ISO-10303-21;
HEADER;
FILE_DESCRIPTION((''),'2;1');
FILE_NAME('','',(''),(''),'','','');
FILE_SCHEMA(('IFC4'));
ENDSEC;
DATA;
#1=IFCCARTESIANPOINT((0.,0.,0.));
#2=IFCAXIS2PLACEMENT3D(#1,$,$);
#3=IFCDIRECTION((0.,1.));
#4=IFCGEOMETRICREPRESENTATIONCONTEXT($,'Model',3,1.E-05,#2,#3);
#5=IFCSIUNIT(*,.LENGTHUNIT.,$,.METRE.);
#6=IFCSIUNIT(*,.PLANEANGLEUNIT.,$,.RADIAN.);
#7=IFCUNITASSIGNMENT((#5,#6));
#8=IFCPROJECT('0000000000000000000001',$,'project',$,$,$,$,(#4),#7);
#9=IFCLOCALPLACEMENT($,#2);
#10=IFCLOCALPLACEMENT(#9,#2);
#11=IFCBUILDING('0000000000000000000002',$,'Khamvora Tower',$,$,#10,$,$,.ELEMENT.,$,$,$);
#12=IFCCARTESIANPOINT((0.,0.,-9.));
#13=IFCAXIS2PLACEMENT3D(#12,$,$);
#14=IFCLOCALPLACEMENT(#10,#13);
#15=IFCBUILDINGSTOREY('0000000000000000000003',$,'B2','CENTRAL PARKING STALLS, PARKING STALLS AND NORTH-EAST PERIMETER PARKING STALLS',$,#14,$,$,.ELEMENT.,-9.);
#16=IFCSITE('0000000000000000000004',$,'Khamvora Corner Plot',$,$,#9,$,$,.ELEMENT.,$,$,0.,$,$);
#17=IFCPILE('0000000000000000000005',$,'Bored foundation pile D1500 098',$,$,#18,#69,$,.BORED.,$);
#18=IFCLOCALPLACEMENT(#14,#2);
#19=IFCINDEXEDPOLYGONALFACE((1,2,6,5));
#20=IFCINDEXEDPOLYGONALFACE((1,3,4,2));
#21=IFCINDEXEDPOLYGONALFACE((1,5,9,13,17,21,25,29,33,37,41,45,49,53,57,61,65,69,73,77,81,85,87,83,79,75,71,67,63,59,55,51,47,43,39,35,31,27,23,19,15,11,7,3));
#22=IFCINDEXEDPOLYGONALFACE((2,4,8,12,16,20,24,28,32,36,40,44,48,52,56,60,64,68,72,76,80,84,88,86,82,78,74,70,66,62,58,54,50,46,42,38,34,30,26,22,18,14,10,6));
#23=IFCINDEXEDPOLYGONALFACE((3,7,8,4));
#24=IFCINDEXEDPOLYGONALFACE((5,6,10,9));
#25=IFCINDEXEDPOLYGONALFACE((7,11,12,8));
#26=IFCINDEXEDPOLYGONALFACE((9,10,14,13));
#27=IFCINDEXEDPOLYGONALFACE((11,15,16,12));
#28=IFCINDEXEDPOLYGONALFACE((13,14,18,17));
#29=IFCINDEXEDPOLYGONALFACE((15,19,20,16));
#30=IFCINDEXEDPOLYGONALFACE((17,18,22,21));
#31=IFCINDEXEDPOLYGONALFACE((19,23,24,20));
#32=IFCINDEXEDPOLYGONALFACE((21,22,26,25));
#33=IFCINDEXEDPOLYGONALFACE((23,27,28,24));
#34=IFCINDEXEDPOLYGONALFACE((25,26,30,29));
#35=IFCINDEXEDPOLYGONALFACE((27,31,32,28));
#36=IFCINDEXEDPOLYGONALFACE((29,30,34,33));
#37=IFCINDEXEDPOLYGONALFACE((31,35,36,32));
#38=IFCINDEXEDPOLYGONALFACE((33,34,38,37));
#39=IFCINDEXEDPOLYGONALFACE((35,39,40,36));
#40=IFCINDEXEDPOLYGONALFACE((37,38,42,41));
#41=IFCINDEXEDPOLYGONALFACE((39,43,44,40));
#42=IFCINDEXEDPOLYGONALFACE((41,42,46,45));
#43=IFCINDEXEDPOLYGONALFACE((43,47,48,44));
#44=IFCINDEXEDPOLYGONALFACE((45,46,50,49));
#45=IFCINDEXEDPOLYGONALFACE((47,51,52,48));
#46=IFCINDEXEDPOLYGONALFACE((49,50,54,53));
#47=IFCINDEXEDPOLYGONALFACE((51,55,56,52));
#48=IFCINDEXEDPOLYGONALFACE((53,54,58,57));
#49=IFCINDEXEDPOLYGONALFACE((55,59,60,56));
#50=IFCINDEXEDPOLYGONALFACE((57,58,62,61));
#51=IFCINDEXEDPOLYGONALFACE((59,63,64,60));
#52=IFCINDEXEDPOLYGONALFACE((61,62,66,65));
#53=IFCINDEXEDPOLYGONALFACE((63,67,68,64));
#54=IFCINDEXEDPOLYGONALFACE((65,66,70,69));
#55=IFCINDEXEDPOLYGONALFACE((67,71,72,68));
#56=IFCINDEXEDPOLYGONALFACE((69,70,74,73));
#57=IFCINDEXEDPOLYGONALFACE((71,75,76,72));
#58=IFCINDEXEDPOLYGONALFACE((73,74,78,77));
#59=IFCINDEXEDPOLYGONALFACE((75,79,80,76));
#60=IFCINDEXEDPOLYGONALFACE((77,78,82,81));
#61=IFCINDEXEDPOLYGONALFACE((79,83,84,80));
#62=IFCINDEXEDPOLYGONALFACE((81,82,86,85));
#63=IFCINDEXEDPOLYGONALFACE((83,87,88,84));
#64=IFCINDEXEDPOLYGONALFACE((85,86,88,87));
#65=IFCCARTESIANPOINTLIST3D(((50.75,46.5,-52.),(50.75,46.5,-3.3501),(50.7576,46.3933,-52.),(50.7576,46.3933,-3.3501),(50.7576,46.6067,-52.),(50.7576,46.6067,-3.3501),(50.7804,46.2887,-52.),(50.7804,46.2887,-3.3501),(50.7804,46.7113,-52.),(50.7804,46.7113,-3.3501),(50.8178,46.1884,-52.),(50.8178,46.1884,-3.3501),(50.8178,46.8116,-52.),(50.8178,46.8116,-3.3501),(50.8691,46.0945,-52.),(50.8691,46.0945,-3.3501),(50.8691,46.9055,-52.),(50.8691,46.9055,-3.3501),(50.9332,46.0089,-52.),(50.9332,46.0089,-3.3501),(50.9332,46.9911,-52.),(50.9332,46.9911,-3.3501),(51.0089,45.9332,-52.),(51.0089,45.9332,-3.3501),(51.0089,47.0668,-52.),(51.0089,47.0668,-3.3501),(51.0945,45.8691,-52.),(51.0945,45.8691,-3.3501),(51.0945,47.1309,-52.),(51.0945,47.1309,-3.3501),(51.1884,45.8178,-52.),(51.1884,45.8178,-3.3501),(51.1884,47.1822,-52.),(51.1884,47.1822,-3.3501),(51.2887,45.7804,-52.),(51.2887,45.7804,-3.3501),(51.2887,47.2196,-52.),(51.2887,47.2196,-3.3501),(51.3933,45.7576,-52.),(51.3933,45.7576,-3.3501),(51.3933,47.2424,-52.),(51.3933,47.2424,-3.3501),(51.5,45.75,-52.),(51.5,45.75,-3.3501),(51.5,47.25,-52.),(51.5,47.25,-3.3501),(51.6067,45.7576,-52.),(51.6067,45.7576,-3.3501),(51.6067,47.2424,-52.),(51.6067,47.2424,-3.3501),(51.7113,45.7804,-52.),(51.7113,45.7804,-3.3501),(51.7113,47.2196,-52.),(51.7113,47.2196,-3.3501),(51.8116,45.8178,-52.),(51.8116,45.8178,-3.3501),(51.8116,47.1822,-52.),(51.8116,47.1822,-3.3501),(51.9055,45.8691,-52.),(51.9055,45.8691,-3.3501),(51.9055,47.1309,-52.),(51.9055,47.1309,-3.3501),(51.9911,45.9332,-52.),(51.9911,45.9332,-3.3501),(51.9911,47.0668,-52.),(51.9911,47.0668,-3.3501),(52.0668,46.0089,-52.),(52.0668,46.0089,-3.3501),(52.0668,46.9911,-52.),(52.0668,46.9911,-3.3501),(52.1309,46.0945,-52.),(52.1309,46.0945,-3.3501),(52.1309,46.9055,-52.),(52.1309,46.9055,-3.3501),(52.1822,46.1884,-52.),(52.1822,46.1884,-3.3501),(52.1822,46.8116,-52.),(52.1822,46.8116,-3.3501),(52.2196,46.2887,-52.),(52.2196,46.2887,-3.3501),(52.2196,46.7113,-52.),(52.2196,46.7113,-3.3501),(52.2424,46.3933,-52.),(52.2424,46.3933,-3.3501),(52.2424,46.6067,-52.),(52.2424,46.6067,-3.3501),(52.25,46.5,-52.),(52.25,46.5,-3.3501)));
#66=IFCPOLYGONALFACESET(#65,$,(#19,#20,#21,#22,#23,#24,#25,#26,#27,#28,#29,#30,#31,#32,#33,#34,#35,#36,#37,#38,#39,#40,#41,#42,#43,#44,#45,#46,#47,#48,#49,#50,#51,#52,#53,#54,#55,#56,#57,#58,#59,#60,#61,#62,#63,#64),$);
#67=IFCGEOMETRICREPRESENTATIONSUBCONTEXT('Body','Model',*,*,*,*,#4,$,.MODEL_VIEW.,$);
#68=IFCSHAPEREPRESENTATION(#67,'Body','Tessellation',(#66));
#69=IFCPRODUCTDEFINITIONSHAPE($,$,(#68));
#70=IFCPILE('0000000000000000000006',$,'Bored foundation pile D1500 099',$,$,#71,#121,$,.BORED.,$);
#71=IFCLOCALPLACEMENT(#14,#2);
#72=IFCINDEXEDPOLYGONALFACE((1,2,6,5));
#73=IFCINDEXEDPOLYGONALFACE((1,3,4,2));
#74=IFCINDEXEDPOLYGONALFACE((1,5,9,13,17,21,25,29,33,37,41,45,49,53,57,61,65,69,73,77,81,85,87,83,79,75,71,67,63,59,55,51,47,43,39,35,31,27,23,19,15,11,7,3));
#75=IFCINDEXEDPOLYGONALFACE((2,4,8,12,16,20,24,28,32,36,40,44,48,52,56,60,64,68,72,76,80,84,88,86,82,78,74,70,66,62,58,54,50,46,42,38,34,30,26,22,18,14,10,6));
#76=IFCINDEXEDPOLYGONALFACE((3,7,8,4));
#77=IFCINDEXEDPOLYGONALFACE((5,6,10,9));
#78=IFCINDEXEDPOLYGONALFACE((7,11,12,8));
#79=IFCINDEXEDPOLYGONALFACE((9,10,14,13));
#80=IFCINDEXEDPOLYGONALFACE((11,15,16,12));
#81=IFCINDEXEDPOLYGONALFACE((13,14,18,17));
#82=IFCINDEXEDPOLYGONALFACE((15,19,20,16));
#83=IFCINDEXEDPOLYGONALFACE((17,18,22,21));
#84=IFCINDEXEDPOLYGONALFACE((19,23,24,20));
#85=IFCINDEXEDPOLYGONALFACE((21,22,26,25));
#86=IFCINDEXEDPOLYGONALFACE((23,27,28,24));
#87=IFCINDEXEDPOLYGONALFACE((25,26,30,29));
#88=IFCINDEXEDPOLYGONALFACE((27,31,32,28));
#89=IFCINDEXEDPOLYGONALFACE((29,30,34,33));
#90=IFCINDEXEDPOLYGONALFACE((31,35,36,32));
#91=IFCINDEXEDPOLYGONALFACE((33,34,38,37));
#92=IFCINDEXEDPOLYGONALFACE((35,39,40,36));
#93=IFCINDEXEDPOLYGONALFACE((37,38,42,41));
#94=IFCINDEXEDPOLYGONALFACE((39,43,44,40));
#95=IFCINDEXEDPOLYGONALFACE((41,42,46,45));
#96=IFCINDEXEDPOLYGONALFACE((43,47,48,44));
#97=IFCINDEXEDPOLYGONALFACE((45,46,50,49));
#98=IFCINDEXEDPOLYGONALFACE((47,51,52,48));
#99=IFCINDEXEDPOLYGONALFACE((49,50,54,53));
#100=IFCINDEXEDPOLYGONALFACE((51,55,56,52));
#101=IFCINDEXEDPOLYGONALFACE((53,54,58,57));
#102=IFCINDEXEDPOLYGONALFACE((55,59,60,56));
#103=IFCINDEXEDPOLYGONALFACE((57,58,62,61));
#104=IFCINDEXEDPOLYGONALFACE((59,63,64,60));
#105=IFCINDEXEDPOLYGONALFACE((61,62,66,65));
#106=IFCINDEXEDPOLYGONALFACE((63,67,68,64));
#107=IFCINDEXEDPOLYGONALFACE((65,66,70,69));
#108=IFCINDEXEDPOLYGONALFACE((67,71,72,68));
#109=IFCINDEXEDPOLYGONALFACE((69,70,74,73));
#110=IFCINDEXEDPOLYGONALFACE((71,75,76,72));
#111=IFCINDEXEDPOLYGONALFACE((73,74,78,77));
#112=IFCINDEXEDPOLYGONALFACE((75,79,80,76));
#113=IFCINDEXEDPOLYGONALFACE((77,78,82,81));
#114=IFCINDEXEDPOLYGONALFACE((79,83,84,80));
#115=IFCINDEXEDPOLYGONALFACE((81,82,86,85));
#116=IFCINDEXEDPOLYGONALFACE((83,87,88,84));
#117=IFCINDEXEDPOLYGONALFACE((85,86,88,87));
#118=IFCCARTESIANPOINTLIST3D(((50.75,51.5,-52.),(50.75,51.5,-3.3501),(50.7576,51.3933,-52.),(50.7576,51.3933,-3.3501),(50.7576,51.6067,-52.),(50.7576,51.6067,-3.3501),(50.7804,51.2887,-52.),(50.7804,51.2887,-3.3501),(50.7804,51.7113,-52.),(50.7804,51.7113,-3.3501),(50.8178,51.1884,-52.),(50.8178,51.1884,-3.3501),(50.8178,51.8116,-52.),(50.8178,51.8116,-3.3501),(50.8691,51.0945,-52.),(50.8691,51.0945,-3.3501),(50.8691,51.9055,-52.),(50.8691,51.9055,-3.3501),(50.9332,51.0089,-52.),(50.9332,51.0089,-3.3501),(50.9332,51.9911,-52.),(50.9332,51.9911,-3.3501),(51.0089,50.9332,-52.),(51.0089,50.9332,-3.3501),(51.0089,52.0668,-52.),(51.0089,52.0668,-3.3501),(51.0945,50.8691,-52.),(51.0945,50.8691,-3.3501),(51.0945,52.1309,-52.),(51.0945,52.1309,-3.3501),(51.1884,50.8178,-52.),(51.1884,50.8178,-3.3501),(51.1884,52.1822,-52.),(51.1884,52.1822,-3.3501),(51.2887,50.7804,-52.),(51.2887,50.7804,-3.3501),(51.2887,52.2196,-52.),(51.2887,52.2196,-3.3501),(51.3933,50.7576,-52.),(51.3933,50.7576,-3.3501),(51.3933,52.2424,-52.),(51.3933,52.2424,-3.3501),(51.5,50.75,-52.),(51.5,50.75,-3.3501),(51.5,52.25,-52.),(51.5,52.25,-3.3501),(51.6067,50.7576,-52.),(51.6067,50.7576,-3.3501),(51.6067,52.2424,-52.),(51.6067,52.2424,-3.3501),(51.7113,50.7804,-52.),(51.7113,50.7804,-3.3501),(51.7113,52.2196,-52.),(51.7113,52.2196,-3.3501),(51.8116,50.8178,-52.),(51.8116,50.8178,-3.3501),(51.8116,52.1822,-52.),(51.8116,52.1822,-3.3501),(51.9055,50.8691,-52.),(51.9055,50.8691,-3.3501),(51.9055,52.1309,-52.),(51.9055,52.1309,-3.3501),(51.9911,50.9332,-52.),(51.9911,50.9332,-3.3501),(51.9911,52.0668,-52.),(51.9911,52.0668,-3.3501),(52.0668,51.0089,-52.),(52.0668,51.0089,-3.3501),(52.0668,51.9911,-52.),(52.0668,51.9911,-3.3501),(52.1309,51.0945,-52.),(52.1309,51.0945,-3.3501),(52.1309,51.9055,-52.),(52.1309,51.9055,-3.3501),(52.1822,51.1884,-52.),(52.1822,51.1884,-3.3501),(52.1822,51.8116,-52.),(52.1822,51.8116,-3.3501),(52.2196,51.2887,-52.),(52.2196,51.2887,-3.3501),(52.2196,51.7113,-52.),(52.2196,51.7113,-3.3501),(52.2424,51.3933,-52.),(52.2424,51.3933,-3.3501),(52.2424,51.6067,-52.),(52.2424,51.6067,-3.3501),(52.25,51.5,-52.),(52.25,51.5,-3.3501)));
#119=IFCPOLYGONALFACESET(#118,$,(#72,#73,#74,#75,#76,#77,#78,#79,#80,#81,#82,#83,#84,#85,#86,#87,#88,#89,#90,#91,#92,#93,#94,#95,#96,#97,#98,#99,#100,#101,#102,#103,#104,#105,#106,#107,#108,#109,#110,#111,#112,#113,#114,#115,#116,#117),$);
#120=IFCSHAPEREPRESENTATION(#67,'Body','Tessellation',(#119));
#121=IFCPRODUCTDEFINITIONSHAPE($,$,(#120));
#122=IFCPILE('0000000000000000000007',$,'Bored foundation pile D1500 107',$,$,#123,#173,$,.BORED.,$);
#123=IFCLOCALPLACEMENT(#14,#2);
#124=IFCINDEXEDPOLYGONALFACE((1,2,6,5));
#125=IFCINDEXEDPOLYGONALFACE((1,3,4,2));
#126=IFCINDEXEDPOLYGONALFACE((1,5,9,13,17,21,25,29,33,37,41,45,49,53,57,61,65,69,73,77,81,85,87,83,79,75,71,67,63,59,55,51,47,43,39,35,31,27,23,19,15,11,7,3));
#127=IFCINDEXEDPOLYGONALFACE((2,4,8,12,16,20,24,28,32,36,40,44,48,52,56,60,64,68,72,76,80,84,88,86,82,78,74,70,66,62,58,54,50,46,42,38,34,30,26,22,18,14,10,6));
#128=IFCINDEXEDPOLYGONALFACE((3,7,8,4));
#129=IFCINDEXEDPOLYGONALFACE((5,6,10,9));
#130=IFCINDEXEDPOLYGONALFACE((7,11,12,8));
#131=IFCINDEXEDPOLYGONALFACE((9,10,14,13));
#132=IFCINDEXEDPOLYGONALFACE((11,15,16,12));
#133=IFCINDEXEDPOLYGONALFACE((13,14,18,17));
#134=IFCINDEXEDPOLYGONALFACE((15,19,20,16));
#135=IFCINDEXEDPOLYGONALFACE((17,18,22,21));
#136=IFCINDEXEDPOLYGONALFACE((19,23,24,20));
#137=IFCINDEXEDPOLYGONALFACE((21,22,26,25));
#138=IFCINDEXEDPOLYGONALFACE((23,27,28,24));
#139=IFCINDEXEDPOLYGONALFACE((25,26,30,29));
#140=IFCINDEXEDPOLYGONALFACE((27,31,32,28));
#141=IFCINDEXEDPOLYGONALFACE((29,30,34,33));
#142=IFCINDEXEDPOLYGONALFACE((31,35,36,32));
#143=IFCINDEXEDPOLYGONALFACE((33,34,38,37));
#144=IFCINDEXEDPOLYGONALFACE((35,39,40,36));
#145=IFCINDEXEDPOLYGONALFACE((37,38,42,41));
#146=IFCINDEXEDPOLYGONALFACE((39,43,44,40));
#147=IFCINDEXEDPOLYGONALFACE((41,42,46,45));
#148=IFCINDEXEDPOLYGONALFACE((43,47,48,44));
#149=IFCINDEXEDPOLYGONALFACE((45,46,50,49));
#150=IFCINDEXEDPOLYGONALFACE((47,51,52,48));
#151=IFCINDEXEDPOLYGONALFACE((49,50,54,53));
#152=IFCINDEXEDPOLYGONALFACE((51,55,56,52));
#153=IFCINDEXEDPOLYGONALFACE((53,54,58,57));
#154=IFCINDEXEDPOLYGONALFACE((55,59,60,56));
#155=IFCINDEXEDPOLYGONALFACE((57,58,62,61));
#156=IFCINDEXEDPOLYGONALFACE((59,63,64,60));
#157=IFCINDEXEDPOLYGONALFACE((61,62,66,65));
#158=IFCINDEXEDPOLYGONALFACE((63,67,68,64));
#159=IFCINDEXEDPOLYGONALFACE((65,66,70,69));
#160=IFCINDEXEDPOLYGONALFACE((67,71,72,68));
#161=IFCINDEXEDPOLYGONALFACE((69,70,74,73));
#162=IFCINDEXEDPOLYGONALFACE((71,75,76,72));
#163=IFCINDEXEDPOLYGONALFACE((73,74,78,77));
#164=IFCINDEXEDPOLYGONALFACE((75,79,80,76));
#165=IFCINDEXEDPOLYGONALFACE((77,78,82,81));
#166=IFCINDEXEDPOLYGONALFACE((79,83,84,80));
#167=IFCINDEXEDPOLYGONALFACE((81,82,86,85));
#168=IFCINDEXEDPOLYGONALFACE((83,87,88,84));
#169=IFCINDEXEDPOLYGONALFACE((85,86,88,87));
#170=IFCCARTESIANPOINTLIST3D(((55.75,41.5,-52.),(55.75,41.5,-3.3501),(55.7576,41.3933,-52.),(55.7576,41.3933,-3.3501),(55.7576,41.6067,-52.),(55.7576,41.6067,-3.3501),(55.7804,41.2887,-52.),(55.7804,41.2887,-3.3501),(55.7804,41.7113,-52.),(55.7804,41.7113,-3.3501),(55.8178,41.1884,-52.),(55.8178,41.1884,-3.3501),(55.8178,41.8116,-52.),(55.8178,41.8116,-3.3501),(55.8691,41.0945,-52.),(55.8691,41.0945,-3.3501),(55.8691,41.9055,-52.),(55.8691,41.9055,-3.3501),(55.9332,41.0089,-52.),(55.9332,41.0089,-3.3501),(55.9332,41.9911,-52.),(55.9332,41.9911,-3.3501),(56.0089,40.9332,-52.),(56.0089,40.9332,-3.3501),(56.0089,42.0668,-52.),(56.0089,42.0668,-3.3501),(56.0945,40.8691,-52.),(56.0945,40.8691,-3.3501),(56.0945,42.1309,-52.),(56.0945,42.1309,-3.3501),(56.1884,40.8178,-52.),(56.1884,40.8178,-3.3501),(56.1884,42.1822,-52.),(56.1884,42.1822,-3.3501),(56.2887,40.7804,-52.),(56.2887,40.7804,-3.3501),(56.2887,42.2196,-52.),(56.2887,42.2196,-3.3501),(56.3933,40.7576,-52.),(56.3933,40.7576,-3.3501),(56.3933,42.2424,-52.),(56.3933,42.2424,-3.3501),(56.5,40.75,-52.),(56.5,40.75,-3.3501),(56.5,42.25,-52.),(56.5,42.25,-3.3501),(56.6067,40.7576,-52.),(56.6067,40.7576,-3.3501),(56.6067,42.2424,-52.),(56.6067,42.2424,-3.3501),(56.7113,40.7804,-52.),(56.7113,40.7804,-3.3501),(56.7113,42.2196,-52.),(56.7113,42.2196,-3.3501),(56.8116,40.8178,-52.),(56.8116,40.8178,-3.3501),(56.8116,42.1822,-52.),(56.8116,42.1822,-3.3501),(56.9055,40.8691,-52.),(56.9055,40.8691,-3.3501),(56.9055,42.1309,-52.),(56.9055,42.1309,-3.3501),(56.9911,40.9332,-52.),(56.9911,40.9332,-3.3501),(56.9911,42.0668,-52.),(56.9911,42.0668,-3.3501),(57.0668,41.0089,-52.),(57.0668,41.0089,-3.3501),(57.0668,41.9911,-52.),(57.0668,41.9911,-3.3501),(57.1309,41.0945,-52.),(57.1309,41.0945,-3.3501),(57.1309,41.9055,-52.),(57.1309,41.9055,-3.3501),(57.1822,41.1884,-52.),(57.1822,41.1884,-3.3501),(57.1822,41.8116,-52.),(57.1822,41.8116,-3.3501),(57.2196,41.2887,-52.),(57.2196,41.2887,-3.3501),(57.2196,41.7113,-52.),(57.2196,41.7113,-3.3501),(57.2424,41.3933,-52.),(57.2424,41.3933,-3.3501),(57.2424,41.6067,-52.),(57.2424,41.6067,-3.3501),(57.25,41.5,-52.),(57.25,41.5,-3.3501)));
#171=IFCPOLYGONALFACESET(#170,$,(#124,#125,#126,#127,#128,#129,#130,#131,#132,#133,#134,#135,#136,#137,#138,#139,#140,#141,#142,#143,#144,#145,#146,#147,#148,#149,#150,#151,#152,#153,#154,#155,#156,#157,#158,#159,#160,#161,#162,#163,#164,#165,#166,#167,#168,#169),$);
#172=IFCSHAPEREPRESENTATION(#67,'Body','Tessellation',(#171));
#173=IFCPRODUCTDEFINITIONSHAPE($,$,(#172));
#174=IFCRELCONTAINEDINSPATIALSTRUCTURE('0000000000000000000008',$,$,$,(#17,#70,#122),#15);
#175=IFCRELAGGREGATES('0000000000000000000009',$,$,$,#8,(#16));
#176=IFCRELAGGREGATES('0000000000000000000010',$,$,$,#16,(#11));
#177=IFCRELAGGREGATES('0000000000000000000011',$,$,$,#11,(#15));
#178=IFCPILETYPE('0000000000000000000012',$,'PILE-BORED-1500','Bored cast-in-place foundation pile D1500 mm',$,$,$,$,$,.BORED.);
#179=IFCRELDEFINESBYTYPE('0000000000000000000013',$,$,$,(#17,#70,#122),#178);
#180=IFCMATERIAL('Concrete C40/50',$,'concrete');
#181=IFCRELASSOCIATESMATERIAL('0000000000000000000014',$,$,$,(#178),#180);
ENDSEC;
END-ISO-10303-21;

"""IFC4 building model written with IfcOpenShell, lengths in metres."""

from ifc_helpers import new_model, si_unit, direction, frame, origin, origin_2d, place, context, subcontext, project, spatial, circle, extrude, material, material_profile, profile_set, type_object, element, save


model = new_model("IFC4")

# Units and contexts
model_context = context("Model", 3, precision=1e-05, world=origin(), true_north=direction((0.0, 1.0)))
body_context = subcontext(model_context, "Body", "Model", "MODEL_VIEW")
ifc_project = project(units=[si_unit("LENGTHUNIT", "METRE"), si_unit("PLANEANGLEUNIT", "RADIAN")], contexts=[model_context])

# Site, building, storey
site_placement = place(None, origin())
site = spatial("IfcSite", under=ifc_project, at=site_placement, Name="Khamvora Corner Plot", CompositionType="ELEMENT", RefElevation=0.0)
building_placement = place(site_placement, origin())
building = spatial("IfcBuilding", under=site, at=building_placement, Name="Khamvora Tower", CompositionType="ELEMENT")
storey_placement = place(building_placement, frame((0.0, 0.0, -9.0)))
storey = spatial("IfcBuildingStorey", under=building, at=storey_placement, Name="B2", Description="CENTRAL PARKING STALLS, PARKING STALLS AND NORTH-EAST PERIMETER PARKING STALLS", CompositionType="ELEMENT", Elevation=-9.0)

# Piles
ifc_material_1 = material(Name="Concrete C40/50", Category="concrete")
ifc_material_profile_1 = material_profile(ifc_material_1, circle(Radius=0.75, at=origin_2d()), Name="PILE_D1500")
ifc_profile_set_1 = profile_set([ifc_material_profile_1], Name="Concrete C40/50")
pile_type_1 = type_object("IfcPileType", Name="PILE-BORED-1500", Description="Bored cast-in-place foundation pile D1500 mm", PredefinedType="BORED", material=ifc_profile_set_1)
for number, where, z_axis, x_axis, name in (
    (1, (51.5, 46.5, -3.3501), (0.0, 0.0, -1.0), (1.0, 0.0, 0.0), "Bored foundation pile D1500 098"),
    (2, (51.5, 51.5, -3.3501), (0.0, 0.0, -1.0), (1.0, 0.0, 0.0), "Bored foundation pile D1500 099"),
    (3, (56.5, 41.5, -3.3501), (0.0, 0.0, -1.0), (1.0, 0.0, 0.0), "Bored foundation pile D1500 107"),
):
    element("IfcPile", number, at=place(storey_placement, frame(where, z_axis=z_axis, x_axis=x_axis)), inside=storey, type_object=pile_type_1, Name=name, PredefinedType="BORED", context=body_context, shape_type="SweptSolid", body=[
        extrude(circle(Radius=0.75, at=origin_2d()), origin(), (0.0, 0.0, 1.0), 48.6499),
    ])

save(model, "model.ifc")
